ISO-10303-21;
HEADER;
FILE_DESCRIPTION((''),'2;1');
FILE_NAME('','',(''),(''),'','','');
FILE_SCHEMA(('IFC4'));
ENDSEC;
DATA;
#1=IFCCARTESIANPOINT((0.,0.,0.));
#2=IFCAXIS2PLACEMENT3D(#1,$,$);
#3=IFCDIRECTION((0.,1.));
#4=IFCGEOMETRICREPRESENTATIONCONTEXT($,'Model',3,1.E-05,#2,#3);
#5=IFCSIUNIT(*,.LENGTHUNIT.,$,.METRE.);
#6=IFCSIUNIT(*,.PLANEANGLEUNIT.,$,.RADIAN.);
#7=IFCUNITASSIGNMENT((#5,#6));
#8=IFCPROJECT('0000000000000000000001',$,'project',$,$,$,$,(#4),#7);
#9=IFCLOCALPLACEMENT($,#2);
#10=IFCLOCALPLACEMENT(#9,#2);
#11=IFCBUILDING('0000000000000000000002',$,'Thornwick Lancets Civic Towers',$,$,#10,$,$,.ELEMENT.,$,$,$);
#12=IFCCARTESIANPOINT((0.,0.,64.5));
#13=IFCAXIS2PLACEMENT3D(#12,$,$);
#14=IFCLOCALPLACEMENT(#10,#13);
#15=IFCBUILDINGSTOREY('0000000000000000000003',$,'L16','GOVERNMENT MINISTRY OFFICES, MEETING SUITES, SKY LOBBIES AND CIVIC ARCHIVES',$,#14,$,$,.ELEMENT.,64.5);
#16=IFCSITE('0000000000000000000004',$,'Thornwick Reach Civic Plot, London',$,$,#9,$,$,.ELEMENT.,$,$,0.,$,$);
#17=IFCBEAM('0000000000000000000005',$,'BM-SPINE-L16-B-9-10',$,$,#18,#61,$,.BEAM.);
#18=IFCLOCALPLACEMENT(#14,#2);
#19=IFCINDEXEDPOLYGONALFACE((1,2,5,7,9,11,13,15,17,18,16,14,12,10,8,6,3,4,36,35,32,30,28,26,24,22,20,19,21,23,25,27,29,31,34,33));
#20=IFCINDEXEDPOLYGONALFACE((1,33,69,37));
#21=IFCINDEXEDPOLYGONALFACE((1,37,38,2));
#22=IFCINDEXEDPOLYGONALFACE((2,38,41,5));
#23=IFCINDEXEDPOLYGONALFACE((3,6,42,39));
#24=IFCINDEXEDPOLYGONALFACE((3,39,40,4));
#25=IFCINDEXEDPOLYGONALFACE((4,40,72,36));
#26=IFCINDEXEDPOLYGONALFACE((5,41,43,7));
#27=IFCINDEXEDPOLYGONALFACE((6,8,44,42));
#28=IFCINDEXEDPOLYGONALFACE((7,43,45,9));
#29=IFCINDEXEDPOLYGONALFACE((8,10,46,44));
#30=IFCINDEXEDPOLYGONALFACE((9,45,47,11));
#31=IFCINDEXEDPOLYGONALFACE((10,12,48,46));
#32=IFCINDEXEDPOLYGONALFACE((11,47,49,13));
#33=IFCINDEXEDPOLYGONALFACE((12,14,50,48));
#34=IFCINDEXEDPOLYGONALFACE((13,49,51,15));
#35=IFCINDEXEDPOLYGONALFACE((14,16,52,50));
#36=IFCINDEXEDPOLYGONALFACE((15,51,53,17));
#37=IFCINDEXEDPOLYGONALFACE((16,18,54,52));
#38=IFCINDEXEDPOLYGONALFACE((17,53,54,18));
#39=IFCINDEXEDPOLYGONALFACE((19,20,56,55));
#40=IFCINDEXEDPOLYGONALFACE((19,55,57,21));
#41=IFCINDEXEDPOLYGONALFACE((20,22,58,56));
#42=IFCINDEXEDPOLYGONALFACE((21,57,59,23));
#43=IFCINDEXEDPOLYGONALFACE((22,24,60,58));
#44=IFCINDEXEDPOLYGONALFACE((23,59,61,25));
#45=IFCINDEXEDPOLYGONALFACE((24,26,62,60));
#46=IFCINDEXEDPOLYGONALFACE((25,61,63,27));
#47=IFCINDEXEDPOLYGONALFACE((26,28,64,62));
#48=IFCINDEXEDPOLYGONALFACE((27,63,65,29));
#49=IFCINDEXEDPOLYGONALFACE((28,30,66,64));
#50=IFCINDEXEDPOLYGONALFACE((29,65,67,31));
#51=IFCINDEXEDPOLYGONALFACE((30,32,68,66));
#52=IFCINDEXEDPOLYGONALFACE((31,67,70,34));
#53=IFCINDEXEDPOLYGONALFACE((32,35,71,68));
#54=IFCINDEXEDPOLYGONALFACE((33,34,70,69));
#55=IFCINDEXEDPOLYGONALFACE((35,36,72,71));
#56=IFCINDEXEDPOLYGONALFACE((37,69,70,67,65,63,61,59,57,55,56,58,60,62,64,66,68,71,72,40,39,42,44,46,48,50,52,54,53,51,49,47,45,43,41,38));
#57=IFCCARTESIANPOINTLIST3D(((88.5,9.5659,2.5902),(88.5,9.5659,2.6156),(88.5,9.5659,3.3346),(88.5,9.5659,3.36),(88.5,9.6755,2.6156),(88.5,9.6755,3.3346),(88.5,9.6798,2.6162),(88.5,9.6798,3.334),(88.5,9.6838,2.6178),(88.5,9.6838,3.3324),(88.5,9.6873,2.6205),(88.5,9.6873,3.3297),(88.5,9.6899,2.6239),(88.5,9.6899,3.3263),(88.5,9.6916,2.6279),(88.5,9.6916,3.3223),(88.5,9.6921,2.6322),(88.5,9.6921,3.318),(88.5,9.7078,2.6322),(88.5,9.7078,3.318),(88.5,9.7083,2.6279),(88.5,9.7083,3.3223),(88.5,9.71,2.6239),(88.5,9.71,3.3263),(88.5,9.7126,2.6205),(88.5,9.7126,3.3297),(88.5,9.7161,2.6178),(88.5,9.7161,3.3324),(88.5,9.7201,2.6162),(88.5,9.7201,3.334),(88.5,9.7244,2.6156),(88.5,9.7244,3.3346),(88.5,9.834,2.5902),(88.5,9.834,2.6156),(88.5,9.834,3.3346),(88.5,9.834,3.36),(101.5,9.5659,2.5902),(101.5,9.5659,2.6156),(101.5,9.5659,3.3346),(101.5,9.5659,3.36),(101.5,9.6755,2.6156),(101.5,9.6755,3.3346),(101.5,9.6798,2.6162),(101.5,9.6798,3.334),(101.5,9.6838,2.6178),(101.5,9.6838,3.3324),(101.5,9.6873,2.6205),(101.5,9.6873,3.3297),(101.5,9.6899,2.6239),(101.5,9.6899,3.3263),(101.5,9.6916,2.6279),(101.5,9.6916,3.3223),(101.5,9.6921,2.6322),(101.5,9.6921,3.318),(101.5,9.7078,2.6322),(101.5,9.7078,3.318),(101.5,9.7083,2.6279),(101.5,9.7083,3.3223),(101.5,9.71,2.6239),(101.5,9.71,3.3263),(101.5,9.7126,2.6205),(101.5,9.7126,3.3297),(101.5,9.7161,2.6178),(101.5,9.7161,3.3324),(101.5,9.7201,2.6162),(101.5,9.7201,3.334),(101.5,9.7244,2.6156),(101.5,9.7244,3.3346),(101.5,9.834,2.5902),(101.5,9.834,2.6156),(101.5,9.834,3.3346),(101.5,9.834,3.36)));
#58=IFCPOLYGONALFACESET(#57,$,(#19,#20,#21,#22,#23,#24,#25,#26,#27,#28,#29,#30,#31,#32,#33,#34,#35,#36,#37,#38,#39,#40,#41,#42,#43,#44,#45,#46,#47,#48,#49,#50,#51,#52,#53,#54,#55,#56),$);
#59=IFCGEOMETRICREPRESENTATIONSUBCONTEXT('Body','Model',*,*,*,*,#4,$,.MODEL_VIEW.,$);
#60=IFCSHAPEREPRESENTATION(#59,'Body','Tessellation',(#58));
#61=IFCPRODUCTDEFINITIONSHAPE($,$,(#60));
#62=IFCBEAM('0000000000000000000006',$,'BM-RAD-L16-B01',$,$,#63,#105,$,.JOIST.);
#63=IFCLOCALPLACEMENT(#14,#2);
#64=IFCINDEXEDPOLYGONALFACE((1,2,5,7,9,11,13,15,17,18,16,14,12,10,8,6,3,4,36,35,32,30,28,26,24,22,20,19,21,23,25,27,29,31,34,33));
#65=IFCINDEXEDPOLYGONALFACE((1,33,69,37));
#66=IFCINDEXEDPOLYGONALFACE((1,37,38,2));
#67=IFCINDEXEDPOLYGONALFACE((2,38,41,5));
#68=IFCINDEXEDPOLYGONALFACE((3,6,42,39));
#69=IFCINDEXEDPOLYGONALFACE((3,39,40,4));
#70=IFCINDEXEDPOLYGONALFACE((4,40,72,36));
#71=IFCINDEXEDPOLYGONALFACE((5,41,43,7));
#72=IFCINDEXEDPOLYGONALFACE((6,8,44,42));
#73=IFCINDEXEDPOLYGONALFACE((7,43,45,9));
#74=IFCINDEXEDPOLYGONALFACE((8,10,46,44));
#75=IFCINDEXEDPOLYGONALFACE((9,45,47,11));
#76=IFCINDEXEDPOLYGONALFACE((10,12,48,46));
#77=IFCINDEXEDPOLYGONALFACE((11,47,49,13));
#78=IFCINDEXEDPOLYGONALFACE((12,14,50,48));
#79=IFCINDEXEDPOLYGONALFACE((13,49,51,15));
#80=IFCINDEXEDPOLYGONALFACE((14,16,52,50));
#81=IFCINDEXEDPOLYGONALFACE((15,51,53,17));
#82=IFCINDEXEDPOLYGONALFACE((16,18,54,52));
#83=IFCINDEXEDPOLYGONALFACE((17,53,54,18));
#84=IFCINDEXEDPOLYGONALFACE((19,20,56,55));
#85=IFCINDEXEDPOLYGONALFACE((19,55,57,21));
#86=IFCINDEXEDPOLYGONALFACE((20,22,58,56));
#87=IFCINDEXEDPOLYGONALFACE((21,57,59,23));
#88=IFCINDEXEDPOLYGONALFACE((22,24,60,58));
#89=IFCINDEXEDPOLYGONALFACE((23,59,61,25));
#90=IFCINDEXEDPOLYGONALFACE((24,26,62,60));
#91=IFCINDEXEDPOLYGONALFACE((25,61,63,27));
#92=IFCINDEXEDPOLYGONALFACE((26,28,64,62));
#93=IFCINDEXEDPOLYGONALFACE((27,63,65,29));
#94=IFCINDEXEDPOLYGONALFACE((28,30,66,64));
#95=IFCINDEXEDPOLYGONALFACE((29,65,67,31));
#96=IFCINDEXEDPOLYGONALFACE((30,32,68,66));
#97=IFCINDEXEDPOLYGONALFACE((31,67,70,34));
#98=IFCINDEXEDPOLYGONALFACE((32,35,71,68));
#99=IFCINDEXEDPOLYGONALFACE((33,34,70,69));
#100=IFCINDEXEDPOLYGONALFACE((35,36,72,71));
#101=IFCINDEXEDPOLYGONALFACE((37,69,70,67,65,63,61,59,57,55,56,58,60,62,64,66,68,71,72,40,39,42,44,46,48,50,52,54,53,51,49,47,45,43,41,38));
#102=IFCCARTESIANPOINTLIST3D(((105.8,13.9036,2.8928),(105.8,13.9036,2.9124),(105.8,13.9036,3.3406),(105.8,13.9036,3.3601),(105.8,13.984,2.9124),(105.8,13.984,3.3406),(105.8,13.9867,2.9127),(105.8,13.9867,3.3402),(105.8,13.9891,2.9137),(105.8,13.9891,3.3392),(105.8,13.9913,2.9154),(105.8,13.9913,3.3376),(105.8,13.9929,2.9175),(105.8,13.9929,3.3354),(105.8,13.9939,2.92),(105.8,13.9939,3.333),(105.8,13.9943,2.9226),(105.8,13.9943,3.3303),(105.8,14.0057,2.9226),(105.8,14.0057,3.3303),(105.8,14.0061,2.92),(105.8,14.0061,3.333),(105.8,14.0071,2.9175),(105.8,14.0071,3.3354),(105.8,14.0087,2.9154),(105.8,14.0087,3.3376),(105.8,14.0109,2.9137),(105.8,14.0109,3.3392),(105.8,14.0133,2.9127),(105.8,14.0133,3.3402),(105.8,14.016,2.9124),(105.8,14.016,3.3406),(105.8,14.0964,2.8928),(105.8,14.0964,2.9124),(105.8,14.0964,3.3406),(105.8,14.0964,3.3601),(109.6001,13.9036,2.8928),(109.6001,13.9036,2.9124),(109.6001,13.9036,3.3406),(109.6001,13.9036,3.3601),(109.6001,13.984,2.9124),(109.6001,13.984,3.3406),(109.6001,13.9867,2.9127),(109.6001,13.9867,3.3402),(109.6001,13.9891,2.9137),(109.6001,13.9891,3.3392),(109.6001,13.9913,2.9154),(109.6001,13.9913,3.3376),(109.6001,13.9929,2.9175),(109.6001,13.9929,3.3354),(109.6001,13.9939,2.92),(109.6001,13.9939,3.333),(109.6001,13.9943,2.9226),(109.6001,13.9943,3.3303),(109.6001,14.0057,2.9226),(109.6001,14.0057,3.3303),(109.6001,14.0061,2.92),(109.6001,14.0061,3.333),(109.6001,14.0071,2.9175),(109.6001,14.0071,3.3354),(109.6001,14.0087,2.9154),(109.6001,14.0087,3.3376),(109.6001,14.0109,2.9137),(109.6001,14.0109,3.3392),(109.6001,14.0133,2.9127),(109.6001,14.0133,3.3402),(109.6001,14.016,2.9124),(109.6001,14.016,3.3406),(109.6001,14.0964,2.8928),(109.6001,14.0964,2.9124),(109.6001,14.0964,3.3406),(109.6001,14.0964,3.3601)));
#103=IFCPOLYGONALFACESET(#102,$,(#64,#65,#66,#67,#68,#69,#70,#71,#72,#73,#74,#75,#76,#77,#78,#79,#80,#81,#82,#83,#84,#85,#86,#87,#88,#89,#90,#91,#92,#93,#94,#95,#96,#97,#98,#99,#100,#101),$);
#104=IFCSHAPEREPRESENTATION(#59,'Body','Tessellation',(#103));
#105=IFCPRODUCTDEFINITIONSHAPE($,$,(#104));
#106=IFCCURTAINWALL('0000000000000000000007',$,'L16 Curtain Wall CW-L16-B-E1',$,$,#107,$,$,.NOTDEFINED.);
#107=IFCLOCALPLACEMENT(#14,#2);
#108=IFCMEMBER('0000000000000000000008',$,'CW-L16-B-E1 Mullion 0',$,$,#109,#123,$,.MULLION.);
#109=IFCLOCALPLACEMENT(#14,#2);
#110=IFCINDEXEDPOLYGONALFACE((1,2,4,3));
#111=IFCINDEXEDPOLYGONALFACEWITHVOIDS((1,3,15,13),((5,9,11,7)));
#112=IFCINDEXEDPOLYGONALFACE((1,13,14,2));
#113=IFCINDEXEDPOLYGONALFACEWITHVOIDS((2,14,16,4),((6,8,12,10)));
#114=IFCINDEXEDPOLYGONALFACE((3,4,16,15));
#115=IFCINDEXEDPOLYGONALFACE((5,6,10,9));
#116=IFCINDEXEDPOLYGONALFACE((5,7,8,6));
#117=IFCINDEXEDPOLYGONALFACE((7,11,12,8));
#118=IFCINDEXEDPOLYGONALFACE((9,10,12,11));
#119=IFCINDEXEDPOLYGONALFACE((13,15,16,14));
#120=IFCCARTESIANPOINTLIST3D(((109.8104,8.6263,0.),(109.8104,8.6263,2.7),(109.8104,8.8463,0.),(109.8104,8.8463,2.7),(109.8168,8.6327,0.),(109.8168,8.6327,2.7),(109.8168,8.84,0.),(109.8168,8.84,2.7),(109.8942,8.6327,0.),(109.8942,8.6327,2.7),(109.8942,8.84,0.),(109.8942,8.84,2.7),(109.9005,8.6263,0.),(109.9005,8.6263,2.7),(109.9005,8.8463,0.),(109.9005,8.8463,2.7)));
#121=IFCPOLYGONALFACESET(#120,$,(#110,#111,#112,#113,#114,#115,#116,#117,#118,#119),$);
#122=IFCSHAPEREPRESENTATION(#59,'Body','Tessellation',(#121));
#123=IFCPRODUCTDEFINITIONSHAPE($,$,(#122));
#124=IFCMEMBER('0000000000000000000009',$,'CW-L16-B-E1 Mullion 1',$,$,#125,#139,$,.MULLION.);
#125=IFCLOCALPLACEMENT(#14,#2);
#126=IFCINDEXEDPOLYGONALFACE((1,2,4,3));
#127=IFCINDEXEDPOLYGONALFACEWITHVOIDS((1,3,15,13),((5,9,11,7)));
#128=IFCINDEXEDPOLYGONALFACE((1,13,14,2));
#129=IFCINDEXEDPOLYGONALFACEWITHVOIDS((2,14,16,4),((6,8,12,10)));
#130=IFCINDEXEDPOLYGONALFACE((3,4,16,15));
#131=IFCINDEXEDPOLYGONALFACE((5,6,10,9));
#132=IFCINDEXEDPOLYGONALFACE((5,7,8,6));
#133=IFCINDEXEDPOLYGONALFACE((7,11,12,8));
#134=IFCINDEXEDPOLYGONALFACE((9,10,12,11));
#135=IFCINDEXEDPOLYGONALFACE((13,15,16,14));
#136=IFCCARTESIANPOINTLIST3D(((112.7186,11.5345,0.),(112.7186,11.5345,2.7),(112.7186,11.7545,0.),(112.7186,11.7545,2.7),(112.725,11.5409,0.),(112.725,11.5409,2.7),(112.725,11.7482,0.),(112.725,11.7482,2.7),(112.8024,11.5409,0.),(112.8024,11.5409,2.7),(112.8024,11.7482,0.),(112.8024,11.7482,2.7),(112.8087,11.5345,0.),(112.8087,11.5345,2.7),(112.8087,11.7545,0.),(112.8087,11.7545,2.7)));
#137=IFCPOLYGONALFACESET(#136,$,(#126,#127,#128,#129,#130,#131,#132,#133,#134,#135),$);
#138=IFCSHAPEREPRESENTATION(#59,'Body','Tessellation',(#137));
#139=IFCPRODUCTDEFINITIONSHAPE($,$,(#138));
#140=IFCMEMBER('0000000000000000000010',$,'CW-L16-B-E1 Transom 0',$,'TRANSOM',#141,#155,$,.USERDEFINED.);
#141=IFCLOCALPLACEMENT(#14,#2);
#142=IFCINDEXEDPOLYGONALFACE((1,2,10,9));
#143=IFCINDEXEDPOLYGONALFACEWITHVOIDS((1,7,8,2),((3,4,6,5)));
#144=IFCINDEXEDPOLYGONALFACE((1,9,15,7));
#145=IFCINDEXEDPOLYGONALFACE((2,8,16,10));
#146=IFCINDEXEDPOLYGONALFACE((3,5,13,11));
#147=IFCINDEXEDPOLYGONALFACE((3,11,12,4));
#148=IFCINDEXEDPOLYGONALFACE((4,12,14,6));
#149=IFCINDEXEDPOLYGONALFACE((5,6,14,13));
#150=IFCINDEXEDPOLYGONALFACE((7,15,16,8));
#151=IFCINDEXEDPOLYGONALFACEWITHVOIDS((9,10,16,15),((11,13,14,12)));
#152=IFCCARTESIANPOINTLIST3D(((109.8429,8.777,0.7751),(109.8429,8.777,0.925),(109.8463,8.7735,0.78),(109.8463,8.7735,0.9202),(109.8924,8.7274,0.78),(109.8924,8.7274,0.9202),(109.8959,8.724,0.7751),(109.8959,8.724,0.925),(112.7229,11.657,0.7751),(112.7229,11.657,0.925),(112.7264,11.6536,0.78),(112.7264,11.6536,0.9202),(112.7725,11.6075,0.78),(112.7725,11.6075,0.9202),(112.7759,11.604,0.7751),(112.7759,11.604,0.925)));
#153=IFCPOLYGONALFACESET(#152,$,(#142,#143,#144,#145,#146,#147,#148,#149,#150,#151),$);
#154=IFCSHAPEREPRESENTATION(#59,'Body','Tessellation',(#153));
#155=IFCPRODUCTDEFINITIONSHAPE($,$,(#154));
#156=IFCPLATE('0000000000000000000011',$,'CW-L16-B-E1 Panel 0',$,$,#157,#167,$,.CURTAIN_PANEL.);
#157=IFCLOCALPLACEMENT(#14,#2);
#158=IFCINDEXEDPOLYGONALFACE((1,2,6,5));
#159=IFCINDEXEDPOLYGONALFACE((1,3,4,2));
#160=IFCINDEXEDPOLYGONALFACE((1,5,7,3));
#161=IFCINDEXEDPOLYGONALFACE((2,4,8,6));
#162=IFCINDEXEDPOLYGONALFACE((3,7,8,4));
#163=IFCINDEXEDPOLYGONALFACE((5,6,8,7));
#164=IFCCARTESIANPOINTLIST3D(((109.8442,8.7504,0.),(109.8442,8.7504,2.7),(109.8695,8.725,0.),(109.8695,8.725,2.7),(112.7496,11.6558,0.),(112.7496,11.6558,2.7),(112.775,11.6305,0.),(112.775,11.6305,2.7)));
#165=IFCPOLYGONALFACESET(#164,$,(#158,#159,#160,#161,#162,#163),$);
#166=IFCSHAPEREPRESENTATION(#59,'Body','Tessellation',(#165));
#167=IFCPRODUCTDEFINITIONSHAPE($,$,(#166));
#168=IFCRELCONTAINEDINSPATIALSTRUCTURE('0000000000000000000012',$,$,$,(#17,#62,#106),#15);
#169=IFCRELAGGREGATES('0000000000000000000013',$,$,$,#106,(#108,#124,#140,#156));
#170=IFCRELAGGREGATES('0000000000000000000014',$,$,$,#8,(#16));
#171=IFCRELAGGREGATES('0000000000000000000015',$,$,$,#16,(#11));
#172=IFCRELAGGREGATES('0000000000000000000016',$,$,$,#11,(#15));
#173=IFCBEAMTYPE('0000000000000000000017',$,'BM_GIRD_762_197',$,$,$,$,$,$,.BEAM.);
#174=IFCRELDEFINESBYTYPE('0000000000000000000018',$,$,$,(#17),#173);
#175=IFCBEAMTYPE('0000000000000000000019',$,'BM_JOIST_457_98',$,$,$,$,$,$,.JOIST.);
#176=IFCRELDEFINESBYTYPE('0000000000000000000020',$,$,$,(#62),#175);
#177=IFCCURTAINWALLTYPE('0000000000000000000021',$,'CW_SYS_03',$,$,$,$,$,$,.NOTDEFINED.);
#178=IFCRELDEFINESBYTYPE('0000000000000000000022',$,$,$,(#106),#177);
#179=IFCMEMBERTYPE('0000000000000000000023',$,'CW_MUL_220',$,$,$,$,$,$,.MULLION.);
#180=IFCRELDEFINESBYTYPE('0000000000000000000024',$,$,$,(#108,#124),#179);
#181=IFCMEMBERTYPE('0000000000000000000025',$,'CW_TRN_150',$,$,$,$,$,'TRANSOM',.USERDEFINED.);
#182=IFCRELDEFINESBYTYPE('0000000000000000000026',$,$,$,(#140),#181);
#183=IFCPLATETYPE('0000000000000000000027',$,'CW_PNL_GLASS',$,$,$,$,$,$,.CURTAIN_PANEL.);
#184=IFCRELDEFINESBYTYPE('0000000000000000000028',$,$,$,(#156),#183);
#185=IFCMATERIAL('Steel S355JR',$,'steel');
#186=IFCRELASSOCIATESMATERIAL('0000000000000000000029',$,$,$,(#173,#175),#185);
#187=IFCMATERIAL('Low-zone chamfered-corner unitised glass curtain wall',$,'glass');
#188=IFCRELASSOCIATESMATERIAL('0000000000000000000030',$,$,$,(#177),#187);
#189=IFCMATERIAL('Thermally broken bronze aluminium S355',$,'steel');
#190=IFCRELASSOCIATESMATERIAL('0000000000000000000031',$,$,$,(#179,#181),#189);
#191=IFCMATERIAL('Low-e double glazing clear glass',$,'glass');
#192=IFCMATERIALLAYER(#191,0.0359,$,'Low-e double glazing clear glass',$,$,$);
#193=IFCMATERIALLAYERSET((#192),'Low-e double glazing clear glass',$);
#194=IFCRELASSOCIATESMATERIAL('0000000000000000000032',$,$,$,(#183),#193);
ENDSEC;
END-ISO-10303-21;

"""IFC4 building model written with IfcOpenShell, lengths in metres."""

from ifc_helpers import new_model, si_unit, direction, frame, origin, origin_2d, place, context, subcontext, project, spatial, rectangle, hollow_rectangle, i_section, extrude, material, layer, layer_set, material_profile, profile_set, type_object, element, aggregate, save


model = new_model("IFC4")

# Units and contexts
model_context = context("Model", 3, precision=1e-05, world=origin(), true_north=direction((0.0, 1.0)))
body_context = subcontext(model_context, "Body", "Model", "MODEL_VIEW")
ifc_project = project(units=[si_unit("LENGTHUNIT", "METRE"), si_unit("PLANEANGLEUNIT", "RADIAN")], contexts=[model_context])

# Site, building, storey
site_placement = place(None, origin())
site = spatial("IfcSite", under=ifc_project, at=site_placement, Name="Thornwick Reach Civic Plot, London", CompositionType="ELEMENT", RefElevation=0.0)
building_placement = place(site_placement, origin())
building = spatial("IfcBuilding", under=site, at=building_placement, Name="Thornwick Lancets Civic Towers", CompositionType="ELEMENT")
storey_placement = place(building_placement, frame((0.0, 0.0, 64.5)))
storey = spatial("IfcBuildingStorey", under=building, at=storey_placement, Name="L16", Description="GOVERNMENT MINISTRY OFFICES, MEETING SUITES, SKY LOBBIES AND CIVIC ARCHIVES", CompositionType="ELEMENT", Elevation=64.5)

# Beams
ifc_material_1 = material(Name="Steel S355JR", Category="steel")
ifc_material_profile_1 = material_profile(ifc_material_1, i_section(OverallWidth=0.2681, OverallDepth=0.7698, WebThickness=0.0156, FlangeThickness=0.0254, FilletRadius=0.0166, at=origin_2d()), Name="UKB 762x267x197")
ifc_profile_set_1 = profile_set([ifc_material_profile_1], Name="Steel S355JR")
beam_type_1 = type_object("IfcBeamType", Name="BM_GIRD_762_197", PredefinedType="BEAM", material=ifc_profile_set_1)
for number, where, z_axis, x_axis, name in (
    (1, (101.5, 9.7, 2.9751), (-1.0, 0.0, 0.0), (0.0, -1.0, 0.0), "BM-SPINE-L16-B-9-10"),
):
    element("IfcBeam", number, at=place(storey_placement, frame(where, z_axis=z_axis, x_axis=x_axis)), inside=storey, type_object=beam_type_1, Name=name, PredefinedType="BEAM", context=body_context, shape_type="SweptSolid", body=[
        extrude(i_section(OverallWidth=0.2681, OverallDepth=0.7698, WebThickness=0.0156, FlangeThickness=0.0254, FilletRadius=0.0166, at=origin_2d()), origin(), (0.0, 0.0, 1.0), 13.0),
    ])
ifc_material_profile_2 = material_profile(ifc_material_1, i_section(OverallWidth=0.1929, OverallDepth=0.4673, WebThickness=0.0115, FlangeThickness=0.0195, FilletRadius=0.0103, at=origin_2d()), Name="UKB 457x191x98")
ifc_profile_set_2 = profile_set([ifc_material_profile_2], Name="Steel S355JR")
beam_type_2 = type_object("IfcBeamType", Name="BM_JOIST_457_98", PredefinedType="JOIST", material=ifc_profile_set_2)
beam_1_placement = place(storey_placement, frame((105.8, 14.0, 3.1265), z_axis=(1.0, 0.0, 0.0), x_axis=(0.0, 1.0, 0.0)))
element("IfcBeam", 2, at=beam_1_placement, inside=storey, type_object=beam_type_2, Name="BM-RAD-L16-B01", PredefinedType="JOIST", context=body_context, shape_type="SweptSolid", body=[
    extrude(i_section(OverallWidth=0.1929, OverallDepth=0.4673, WebThickness=0.0115, FlangeThickness=0.0195, FilletRadius=0.0103, at=origin_2d()), origin(), (0.0, 0.0, 1.0), 3.8),
])

# Curtain wall, members, plate
ifc_material_2 = material(Name="Low-zone chamfered-corner unitised glass curtain wall", Category="glass")
curtain_wall_type = type_object("IfcCurtainWallType", Name="CW_SYS_03", PredefinedType="NOTDEFINED", material=ifc_material_2)
curtain_wall_placement = place(storey_placement, origin())
curtain_wall = element("IfcCurtainWall", 3, at=curtain_wall_placement, inside=storey, type_object=curtain_wall_type, Name="L16 Curtain Wall CW-L16-B-E1", PredefinedType="NOTDEFINED")
ifc_material_3 = material(Name="Thermally broken bronze aluminium S355", Category="steel")
ifc_material_profile_3 = material_profile(ifc_material_3, hollow_rectangle(XDim=0.0901, YDim=0.22, WallThickness=0.0063, at=origin_2d()), Name="RHS 220x90x6.3")
ifc_profile_set_3 = profile_set([ifc_material_profile_3], Name="Thermally broken bronze aluminium S355")
member_type_1 = type_object("IfcMemberType", Name="CW_MUL_220", PredefinedType="MULLION", material=ifc_profile_set_3)
member_1_placement = place(storey_placement, frame((109.8555, 8.7363, 0.0), z_axis=(0.0, 0.0, 1.0), x_axis=(1.0, 0.0, 0.0)))
member_1 = element("IfcMember", 4, at=member_1_placement, type_object=member_type_1, Name="CW-L16-B-E1 Mullion 0", PredefinedType="MULLION", context=body_context, shape_type="SweptSolid", body=[
    extrude(hollow_rectangle(XDim=0.0901, YDim=0.22, WallThickness=0.0063, at=origin_2d()), origin(), (0.0, 0.0, 1.0), 2.7),
])
member_2_placement = place(storey_placement, frame((112.7637, 11.6445, 0.0), z_axis=(0.0, 0.0, 1.0), x_axis=(1.0, 0.0, 0.0)))
member_2 = element("IfcMember", 5, at=member_2_placement, type_object=member_type_1, Name="CW-L16-B-E1 Mullion 1", PredefinedType="MULLION", context=body_context, shape_type="SweptSolid", body=[
    extrude(hollow_rectangle(XDim=0.0901, YDim=0.22, WallThickness=0.0063, at=origin_2d()), origin(), (0.0, 0.0, 1.0), 2.7),
])
ifc_material_profile_4 = material_profile(ifc_material_3, hollow_rectangle(XDim=0.075, YDim=0.1499, WallThickness=0.0049, at=origin_2d()), Name="RHS 150x75x5")
ifc_profile_set_4 = profile_set([ifc_material_profile_4], Name="Thermally broken bronze aluminium S355")
member_type_2 = type_object("IfcMemberType", Name="CW_TRN_150", ElementType="TRANSOM", PredefinedType="USERDEFINED", material=ifc_profile_set_4)
member_3_placement = place(storey_placement, frame((109.8694, 8.7505, 0.8501), z_axis=(0.707107, 0.707107, 0.0), x_axis=(-0.707107, 0.707107, 0.0)))
member_3 = element("IfcMember", 6, at=member_3_placement, type_object=member_type_2, Name="CW-L16-B-E1 Transom 0", ObjectType="TRANSOM", PredefinedType="USERDEFINED", context=body_context, shape_type="SweptSolid", body=[
    extrude(hollow_rectangle(XDim=0.075, YDim=0.1499, WallThickness=0.0049, at=origin_2d()), origin(), (0.0, 0.0, 1.0), 4.073),
])
ifc_material_4 = material(Name="Low-e double glazing clear glass", Category="glass")
ifc_layer_1 = layer(ifc_material_4, 0.0359, Name="Low-e double glazing clear glass")
ifc_layer_set_1 = layer_set([ifc_layer_1], Name="Low-e double glazing clear glass")
plate_type = type_object("IfcPlateType", Name="CW_PNL_GLASS", PredefinedType="CURTAIN_PANEL", material=ifc_layer_set_1)
plate_placement = place(storey_placement, frame((111.3096, 10.1904, 0.0), z_axis=(0.0, 0.0, 1.0), x_axis=(0.707107, 0.707107, 0.0)))
plate = element("IfcPlate", 7, at=plate_placement, type_object=plate_type, Name="CW-L16-B-E1 Panel 0", PredefinedType="CURTAIN_PANEL", context=body_context, shape_type="SweptSolid", body=[
    extrude(rectangle(XDim=4.1089, YDim=0.0359, at=origin_2d()), origin(), (0.0, 0.0, 1.0), 2.7),
])
aggregate(curtain_wall, [member_1, member_2, member_3, plate])

save(model, "model.ifc")
